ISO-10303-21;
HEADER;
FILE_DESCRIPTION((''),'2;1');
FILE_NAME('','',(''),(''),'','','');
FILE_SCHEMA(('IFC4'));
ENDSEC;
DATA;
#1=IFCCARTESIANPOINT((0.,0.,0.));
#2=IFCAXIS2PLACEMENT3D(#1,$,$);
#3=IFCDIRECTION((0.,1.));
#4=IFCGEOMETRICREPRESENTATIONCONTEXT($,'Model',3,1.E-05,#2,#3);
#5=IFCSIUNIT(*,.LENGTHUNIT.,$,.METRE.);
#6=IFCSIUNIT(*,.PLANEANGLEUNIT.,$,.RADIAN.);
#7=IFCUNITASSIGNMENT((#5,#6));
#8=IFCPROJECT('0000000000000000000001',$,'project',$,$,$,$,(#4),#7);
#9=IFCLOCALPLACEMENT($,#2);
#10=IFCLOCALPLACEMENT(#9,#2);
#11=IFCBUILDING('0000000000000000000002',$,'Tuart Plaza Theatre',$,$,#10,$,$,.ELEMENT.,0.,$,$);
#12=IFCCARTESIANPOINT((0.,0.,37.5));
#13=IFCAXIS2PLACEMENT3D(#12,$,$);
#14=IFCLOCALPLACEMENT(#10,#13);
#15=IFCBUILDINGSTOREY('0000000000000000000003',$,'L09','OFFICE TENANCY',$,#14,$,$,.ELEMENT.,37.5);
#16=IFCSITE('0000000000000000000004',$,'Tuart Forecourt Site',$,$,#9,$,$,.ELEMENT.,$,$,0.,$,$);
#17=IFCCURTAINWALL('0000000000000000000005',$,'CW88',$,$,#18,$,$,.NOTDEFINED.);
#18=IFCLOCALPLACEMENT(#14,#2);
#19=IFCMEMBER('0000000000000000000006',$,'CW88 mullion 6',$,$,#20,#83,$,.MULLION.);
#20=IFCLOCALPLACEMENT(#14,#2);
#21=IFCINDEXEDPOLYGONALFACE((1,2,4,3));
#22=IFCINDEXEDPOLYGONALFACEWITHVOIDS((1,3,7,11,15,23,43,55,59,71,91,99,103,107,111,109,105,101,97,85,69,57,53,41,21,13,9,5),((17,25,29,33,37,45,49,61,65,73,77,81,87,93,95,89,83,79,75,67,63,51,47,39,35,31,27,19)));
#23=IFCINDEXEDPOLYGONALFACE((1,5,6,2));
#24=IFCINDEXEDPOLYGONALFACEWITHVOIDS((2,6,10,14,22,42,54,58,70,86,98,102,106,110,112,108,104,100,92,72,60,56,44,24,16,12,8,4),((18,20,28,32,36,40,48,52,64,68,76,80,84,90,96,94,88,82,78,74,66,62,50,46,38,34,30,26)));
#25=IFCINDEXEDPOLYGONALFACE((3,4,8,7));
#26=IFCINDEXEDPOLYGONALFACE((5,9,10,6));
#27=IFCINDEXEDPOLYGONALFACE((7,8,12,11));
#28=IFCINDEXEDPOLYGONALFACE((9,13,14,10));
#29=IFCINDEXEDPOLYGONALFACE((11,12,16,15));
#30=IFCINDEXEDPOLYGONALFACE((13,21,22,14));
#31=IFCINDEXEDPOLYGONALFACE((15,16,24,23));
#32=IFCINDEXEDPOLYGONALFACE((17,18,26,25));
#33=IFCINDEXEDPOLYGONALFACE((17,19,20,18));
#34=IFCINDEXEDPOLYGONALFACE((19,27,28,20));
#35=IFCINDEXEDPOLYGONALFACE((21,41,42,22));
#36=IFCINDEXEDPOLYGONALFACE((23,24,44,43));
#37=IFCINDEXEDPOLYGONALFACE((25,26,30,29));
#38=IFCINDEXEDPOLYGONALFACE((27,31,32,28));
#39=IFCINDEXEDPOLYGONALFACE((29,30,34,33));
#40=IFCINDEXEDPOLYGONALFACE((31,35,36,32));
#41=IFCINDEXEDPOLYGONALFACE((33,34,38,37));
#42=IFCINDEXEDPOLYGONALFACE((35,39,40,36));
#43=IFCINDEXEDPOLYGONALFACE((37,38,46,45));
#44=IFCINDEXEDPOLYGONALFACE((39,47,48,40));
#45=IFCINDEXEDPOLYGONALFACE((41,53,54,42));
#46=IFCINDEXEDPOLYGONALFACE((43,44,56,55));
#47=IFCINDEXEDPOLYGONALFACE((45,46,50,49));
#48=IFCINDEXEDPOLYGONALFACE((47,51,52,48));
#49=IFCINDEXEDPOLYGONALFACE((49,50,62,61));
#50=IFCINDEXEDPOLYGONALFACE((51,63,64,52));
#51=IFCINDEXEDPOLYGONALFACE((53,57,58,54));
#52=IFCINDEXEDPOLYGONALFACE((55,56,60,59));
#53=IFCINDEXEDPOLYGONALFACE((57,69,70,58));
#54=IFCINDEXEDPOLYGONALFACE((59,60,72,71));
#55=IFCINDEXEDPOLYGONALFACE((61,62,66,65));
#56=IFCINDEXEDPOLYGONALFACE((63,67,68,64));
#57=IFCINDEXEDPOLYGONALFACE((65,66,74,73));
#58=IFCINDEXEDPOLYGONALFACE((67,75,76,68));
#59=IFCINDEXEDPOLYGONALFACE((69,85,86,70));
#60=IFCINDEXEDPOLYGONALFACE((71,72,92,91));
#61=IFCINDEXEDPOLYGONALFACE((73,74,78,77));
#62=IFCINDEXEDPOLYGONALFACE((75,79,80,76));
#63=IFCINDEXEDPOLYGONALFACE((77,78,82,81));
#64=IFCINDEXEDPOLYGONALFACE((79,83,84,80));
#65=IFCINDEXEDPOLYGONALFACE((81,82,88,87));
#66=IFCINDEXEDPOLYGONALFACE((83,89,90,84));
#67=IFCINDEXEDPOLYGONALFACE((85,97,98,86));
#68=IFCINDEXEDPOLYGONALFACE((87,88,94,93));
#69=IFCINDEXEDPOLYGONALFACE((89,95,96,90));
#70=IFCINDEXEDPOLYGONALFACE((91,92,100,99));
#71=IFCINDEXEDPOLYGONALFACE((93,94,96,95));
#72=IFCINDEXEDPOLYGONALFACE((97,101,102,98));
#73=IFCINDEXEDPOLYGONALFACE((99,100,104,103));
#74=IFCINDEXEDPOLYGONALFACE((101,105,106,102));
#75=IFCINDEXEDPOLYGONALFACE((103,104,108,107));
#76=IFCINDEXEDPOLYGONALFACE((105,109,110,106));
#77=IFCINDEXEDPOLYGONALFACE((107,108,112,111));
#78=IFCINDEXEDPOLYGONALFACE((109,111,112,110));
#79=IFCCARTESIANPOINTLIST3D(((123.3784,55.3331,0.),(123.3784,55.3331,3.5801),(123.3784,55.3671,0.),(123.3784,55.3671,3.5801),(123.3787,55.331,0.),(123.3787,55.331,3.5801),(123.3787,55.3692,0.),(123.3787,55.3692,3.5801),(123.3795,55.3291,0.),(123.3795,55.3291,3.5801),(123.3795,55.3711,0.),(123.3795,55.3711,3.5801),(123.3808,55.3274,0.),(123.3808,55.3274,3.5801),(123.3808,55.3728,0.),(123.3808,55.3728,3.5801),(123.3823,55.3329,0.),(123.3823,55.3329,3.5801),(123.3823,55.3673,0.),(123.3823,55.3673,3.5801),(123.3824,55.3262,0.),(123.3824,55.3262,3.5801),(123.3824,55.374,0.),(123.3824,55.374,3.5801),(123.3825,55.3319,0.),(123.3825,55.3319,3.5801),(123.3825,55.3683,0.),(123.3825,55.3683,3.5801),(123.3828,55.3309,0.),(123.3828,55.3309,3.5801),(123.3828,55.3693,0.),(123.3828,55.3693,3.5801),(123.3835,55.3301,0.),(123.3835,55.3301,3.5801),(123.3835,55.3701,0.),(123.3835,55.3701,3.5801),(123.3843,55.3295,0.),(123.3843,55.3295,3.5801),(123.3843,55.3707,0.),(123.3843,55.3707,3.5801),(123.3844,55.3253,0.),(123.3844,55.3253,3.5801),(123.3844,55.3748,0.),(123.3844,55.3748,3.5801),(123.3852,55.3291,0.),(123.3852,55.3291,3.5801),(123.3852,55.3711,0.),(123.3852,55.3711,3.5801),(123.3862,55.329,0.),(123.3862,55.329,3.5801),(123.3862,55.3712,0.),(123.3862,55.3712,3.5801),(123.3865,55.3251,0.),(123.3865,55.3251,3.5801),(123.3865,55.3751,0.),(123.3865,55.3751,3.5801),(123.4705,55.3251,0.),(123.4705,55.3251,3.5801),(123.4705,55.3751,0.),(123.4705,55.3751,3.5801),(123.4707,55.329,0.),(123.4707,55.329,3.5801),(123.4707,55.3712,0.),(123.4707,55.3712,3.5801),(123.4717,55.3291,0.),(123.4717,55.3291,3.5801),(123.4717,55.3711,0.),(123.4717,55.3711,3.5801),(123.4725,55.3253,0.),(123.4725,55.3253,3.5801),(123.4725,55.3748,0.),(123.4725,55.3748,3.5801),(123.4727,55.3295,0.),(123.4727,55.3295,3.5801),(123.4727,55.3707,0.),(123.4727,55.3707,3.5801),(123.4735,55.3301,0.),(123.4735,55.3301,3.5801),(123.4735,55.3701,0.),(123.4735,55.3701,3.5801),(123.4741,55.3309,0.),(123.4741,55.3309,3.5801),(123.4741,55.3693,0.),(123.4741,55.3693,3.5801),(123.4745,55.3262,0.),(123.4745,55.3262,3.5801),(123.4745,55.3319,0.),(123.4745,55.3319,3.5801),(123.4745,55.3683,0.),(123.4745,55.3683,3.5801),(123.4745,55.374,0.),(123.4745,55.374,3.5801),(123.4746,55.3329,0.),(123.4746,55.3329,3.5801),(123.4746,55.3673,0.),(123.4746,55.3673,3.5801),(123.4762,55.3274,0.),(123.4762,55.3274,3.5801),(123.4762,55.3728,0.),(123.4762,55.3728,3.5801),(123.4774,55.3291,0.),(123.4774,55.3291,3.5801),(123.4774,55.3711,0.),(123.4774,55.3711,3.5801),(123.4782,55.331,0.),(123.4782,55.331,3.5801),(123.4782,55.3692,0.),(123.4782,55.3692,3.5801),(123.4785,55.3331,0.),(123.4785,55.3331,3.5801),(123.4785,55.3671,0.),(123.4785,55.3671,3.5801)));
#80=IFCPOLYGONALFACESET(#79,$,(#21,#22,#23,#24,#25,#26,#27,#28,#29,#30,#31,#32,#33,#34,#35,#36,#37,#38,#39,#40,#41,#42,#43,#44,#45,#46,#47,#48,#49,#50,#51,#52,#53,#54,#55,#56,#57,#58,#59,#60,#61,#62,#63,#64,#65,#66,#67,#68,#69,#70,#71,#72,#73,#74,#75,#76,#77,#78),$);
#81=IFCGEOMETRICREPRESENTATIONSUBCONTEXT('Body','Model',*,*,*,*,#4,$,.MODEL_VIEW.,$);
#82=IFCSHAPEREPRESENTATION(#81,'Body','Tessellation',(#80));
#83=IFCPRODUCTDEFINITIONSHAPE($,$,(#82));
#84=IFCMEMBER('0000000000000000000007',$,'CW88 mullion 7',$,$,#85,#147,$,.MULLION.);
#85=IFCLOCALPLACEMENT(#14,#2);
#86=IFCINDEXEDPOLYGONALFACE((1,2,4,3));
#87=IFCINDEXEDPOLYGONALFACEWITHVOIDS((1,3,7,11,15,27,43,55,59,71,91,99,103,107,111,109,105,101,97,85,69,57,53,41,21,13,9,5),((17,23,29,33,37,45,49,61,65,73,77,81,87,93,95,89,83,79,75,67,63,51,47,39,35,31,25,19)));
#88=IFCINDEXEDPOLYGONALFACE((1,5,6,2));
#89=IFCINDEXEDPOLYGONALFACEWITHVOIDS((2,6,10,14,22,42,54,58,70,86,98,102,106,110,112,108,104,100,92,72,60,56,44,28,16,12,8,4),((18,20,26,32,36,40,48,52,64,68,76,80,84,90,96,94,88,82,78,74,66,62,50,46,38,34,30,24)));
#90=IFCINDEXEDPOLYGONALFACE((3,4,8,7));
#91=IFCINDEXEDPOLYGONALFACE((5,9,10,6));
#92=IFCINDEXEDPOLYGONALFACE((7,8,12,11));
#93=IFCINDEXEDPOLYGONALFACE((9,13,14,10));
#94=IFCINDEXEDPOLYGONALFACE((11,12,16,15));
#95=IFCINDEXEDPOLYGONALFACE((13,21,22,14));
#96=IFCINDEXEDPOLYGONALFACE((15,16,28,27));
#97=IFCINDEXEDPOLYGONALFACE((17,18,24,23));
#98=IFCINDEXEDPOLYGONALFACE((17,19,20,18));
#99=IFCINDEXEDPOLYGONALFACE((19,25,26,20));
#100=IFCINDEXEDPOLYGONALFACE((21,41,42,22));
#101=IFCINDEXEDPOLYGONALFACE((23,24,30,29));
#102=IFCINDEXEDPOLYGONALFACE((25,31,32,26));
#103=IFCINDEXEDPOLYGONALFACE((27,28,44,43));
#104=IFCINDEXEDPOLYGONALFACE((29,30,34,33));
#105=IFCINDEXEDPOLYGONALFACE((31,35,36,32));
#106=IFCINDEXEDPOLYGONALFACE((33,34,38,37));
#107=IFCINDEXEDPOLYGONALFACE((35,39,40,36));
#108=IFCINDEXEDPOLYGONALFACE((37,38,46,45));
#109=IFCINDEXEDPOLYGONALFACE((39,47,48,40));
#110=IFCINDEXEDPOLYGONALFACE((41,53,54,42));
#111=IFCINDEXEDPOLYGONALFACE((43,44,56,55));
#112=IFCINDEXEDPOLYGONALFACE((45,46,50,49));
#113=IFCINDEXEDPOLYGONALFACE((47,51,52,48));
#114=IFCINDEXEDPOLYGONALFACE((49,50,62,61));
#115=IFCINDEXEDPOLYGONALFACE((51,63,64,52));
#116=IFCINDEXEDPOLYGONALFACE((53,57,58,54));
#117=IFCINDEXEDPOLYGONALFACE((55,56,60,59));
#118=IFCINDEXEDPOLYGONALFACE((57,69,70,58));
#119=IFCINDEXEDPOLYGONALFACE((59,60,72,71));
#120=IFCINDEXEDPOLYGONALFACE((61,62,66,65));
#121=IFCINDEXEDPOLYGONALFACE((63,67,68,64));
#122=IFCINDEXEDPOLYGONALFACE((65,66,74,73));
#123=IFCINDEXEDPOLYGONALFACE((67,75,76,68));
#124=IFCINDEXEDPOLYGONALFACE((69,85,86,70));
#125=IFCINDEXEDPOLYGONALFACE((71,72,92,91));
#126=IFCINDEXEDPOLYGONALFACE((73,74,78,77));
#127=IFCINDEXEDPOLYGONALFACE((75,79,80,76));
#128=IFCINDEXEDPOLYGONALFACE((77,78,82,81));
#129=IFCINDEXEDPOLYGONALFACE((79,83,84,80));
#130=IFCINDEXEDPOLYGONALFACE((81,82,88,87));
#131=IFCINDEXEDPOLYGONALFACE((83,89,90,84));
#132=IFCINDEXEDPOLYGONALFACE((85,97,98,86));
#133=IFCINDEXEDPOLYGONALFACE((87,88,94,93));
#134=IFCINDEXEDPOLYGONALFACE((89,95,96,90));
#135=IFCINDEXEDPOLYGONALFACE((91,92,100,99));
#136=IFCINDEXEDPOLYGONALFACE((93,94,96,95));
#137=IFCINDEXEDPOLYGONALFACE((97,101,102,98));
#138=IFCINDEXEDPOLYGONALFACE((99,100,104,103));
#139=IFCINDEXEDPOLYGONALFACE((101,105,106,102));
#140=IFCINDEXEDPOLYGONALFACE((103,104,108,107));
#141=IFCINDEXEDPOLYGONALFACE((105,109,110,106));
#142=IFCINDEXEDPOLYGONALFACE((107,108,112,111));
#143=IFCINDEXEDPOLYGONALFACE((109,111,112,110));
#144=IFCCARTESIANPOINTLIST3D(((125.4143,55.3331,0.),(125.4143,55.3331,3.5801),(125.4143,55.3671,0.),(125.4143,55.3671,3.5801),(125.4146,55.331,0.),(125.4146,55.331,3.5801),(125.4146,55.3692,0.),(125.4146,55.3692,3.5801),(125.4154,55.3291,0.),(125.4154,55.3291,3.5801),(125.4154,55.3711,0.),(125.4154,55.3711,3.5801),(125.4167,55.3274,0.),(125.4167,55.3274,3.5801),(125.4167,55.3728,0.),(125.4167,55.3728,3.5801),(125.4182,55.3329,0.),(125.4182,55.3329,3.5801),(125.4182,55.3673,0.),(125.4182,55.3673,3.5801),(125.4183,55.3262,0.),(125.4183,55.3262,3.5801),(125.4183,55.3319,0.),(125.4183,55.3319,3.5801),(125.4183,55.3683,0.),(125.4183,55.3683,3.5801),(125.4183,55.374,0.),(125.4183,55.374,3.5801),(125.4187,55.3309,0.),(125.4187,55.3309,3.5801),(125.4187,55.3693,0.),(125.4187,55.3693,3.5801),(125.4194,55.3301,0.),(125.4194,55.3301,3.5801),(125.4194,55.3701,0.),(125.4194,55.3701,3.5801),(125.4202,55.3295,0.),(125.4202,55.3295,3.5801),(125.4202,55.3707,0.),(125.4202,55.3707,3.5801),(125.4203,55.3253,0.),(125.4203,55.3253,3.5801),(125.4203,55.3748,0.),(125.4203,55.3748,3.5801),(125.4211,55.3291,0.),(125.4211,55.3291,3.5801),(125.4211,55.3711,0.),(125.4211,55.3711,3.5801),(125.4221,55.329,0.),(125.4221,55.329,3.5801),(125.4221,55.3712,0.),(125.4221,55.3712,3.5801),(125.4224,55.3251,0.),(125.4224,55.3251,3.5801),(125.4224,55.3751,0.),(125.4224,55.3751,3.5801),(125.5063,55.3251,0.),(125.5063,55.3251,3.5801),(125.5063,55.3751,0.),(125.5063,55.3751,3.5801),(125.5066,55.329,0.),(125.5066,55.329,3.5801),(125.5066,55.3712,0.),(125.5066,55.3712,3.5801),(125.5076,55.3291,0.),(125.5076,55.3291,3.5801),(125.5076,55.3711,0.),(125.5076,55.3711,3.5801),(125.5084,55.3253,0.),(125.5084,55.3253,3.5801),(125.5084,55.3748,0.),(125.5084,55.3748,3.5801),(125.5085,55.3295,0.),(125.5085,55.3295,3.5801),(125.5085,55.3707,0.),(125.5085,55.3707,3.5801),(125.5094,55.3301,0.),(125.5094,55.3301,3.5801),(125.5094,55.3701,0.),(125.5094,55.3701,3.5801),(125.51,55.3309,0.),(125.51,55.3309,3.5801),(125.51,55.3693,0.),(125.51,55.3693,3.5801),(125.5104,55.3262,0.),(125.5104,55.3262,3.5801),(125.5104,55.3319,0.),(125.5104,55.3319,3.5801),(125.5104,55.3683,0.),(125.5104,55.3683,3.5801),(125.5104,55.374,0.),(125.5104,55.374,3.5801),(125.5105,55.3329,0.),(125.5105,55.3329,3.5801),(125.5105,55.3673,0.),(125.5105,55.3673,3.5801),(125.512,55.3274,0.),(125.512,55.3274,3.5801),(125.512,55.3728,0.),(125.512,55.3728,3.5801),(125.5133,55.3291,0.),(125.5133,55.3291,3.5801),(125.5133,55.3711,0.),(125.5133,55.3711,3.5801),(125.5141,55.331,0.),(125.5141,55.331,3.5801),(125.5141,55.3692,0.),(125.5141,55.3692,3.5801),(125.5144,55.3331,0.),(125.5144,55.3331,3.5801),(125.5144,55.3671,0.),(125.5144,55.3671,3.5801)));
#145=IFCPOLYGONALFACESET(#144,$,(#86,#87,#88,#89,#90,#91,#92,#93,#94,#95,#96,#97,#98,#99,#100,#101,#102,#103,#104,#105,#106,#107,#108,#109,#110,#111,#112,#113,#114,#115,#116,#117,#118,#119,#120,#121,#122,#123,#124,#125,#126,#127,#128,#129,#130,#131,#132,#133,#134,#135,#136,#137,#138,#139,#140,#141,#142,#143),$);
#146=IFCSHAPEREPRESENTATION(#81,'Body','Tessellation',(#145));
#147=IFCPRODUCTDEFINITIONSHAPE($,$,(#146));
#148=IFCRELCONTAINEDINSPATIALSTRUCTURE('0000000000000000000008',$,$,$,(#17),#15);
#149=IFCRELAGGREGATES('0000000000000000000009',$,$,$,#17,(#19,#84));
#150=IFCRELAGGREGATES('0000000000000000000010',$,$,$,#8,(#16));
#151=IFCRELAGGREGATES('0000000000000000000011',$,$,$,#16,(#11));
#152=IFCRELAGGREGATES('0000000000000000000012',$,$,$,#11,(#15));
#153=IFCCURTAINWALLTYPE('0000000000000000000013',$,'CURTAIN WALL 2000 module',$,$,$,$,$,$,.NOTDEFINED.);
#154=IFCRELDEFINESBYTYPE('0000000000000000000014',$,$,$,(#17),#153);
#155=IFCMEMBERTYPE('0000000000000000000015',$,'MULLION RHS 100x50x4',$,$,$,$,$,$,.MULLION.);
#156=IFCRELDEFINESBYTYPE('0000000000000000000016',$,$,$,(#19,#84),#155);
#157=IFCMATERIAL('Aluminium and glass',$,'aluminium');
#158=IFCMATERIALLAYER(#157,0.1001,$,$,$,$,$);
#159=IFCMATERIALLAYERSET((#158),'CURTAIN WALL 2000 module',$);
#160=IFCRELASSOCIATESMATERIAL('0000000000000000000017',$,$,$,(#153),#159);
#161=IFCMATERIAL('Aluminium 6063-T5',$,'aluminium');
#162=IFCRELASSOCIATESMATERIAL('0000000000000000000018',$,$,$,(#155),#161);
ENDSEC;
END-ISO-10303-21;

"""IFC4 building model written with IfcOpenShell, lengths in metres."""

from ifc_helpers import new_model, si_unit, direction, frame, origin, origin_2d, place, context, subcontext, project, spatial, hollow_rectangle, extrude, material, layer, layer_set, material_profile, profile_set, type_object, element, aggregate, save


model = new_model("IFC4")

# Units and contexts
model_context = context("Model", 3, precision=1e-05, world=origin(), true_north=direction((0.0, 1.0)))
body_context = subcontext(model_context, "Body", "Model", "MODEL_VIEW")
ifc_project = project(units=[si_unit("LENGTHUNIT", "METRE"), si_unit("PLANEANGLEUNIT", "RADIAN")], contexts=[model_context])

# Site, building, storey
site_placement = place(None, origin())
site = spatial("IfcSite", under=ifc_project, at=site_placement, Name="Tuart Forecourt Site", CompositionType="ELEMENT", RefElevation=0.0)
building_placement = place(site_placement, origin())
building = spatial("IfcBuilding", under=site, at=building_placement, Name="Tuart Plaza Theatre", CompositionType="ELEMENT", ElevationOfRefHeight=0.0)
storey_placement = place(building_placement, frame((0.0, 0.0, 37.5)))
storey = spatial("IfcBuildingStorey", under=building, at=storey_placement, Name="L09", Description="OFFICE TENANCY", CompositionType="ELEMENT", Elevation=37.5)

# Curtain wall, members
ifc_material_1 = material(Name="Aluminium and glass", Category="aluminium")
ifc_layer_1 = layer(ifc_material_1, 0.1001)
ifc_layer_set_1 = layer_set([ifc_layer_1], Name="CURTAIN WALL 2000 module")
curtain_wall_type = type_object("IfcCurtainWallType", Name="CURTAIN WALL 2000 module", PredefinedType="NOTDEFINED", material=ifc_layer_set_1)
curtain_wall_placement = place(storey_placement, origin())
curtain_wall = element("IfcCurtainWall", 1, at=curtain_wall_placement, inside=storey, type_object=curtain_wall_type, Name="CW88", PredefinedType="NOTDEFINED")
ifc_material_2 = material(Name="Aluminium 6063-T5", Category="aluminium")
ifc_material_profile_1 = material_profile(ifc_material_2, hollow_rectangle(XDim=0.05, YDim=0.1001, WallThickness=0.0039, InnerFilletRadius=0.0039, OuterFilletRadius=0.0081, at=origin_2d()), Name="RHS 100x50x4")
ifc_profile_set_1 = profile_set([ifc_material_profile_1], Name="Aluminium 6063-T5")
member_type_1 = type_object("IfcMemberType", Name="MULLION RHS 100x50x4", PredefinedType="MULLION", material=ifc_profile_set_1)
member_1_placement = place(storey_placement, frame((123.4285, 55.3501, 0.0), z_axis=(0.0, 0.0, 1.0), x_axis=(0.0, 1.0, 0.0)))
member_1 = element("IfcMember", 2, at=member_1_placement, type_object=member_type_1, Name="CW88 mullion 6", PredefinedType="MULLION", context=body_context, shape_type="SweptSolid", body=[
    extrude(hollow_rectangle(XDim=0.05, YDim=0.1001, WallThickness=0.0039, InnerFilletRadius=0.0039, OuterFilletRadius=0.0081, at=origin_2d()), origin(), (0.0, 0.0, 1.0), 3.5801),
])
member_2_placement = place(storey_placement, frame((125.4644, 55.3501, 0.0), z_axis=(0.0, 0.0, 1.0), x_axis=(0.0, 1.0, 0.0)))
member_2 = element("IfcMember", 3, at=member_2_placement, type_object=member_type_1, Name="CW88 mullion 7", PredefinedType="MULLION", context=body_context, shape_type="SweptSolid", body=[
    extrude(hollow_rectangle(XDim=0.05, YDim=0.1001, WallThickness=0.0039, InnerFilletRadius=0.0039, OuterFilletRadius=0.0081, at=origin_2d()), origin(), (0.0, 0.0, 1.0), 3.5801),
])
aggregate(curtain_wall, [member_1, member_2])

save(model, "model.ifc")
